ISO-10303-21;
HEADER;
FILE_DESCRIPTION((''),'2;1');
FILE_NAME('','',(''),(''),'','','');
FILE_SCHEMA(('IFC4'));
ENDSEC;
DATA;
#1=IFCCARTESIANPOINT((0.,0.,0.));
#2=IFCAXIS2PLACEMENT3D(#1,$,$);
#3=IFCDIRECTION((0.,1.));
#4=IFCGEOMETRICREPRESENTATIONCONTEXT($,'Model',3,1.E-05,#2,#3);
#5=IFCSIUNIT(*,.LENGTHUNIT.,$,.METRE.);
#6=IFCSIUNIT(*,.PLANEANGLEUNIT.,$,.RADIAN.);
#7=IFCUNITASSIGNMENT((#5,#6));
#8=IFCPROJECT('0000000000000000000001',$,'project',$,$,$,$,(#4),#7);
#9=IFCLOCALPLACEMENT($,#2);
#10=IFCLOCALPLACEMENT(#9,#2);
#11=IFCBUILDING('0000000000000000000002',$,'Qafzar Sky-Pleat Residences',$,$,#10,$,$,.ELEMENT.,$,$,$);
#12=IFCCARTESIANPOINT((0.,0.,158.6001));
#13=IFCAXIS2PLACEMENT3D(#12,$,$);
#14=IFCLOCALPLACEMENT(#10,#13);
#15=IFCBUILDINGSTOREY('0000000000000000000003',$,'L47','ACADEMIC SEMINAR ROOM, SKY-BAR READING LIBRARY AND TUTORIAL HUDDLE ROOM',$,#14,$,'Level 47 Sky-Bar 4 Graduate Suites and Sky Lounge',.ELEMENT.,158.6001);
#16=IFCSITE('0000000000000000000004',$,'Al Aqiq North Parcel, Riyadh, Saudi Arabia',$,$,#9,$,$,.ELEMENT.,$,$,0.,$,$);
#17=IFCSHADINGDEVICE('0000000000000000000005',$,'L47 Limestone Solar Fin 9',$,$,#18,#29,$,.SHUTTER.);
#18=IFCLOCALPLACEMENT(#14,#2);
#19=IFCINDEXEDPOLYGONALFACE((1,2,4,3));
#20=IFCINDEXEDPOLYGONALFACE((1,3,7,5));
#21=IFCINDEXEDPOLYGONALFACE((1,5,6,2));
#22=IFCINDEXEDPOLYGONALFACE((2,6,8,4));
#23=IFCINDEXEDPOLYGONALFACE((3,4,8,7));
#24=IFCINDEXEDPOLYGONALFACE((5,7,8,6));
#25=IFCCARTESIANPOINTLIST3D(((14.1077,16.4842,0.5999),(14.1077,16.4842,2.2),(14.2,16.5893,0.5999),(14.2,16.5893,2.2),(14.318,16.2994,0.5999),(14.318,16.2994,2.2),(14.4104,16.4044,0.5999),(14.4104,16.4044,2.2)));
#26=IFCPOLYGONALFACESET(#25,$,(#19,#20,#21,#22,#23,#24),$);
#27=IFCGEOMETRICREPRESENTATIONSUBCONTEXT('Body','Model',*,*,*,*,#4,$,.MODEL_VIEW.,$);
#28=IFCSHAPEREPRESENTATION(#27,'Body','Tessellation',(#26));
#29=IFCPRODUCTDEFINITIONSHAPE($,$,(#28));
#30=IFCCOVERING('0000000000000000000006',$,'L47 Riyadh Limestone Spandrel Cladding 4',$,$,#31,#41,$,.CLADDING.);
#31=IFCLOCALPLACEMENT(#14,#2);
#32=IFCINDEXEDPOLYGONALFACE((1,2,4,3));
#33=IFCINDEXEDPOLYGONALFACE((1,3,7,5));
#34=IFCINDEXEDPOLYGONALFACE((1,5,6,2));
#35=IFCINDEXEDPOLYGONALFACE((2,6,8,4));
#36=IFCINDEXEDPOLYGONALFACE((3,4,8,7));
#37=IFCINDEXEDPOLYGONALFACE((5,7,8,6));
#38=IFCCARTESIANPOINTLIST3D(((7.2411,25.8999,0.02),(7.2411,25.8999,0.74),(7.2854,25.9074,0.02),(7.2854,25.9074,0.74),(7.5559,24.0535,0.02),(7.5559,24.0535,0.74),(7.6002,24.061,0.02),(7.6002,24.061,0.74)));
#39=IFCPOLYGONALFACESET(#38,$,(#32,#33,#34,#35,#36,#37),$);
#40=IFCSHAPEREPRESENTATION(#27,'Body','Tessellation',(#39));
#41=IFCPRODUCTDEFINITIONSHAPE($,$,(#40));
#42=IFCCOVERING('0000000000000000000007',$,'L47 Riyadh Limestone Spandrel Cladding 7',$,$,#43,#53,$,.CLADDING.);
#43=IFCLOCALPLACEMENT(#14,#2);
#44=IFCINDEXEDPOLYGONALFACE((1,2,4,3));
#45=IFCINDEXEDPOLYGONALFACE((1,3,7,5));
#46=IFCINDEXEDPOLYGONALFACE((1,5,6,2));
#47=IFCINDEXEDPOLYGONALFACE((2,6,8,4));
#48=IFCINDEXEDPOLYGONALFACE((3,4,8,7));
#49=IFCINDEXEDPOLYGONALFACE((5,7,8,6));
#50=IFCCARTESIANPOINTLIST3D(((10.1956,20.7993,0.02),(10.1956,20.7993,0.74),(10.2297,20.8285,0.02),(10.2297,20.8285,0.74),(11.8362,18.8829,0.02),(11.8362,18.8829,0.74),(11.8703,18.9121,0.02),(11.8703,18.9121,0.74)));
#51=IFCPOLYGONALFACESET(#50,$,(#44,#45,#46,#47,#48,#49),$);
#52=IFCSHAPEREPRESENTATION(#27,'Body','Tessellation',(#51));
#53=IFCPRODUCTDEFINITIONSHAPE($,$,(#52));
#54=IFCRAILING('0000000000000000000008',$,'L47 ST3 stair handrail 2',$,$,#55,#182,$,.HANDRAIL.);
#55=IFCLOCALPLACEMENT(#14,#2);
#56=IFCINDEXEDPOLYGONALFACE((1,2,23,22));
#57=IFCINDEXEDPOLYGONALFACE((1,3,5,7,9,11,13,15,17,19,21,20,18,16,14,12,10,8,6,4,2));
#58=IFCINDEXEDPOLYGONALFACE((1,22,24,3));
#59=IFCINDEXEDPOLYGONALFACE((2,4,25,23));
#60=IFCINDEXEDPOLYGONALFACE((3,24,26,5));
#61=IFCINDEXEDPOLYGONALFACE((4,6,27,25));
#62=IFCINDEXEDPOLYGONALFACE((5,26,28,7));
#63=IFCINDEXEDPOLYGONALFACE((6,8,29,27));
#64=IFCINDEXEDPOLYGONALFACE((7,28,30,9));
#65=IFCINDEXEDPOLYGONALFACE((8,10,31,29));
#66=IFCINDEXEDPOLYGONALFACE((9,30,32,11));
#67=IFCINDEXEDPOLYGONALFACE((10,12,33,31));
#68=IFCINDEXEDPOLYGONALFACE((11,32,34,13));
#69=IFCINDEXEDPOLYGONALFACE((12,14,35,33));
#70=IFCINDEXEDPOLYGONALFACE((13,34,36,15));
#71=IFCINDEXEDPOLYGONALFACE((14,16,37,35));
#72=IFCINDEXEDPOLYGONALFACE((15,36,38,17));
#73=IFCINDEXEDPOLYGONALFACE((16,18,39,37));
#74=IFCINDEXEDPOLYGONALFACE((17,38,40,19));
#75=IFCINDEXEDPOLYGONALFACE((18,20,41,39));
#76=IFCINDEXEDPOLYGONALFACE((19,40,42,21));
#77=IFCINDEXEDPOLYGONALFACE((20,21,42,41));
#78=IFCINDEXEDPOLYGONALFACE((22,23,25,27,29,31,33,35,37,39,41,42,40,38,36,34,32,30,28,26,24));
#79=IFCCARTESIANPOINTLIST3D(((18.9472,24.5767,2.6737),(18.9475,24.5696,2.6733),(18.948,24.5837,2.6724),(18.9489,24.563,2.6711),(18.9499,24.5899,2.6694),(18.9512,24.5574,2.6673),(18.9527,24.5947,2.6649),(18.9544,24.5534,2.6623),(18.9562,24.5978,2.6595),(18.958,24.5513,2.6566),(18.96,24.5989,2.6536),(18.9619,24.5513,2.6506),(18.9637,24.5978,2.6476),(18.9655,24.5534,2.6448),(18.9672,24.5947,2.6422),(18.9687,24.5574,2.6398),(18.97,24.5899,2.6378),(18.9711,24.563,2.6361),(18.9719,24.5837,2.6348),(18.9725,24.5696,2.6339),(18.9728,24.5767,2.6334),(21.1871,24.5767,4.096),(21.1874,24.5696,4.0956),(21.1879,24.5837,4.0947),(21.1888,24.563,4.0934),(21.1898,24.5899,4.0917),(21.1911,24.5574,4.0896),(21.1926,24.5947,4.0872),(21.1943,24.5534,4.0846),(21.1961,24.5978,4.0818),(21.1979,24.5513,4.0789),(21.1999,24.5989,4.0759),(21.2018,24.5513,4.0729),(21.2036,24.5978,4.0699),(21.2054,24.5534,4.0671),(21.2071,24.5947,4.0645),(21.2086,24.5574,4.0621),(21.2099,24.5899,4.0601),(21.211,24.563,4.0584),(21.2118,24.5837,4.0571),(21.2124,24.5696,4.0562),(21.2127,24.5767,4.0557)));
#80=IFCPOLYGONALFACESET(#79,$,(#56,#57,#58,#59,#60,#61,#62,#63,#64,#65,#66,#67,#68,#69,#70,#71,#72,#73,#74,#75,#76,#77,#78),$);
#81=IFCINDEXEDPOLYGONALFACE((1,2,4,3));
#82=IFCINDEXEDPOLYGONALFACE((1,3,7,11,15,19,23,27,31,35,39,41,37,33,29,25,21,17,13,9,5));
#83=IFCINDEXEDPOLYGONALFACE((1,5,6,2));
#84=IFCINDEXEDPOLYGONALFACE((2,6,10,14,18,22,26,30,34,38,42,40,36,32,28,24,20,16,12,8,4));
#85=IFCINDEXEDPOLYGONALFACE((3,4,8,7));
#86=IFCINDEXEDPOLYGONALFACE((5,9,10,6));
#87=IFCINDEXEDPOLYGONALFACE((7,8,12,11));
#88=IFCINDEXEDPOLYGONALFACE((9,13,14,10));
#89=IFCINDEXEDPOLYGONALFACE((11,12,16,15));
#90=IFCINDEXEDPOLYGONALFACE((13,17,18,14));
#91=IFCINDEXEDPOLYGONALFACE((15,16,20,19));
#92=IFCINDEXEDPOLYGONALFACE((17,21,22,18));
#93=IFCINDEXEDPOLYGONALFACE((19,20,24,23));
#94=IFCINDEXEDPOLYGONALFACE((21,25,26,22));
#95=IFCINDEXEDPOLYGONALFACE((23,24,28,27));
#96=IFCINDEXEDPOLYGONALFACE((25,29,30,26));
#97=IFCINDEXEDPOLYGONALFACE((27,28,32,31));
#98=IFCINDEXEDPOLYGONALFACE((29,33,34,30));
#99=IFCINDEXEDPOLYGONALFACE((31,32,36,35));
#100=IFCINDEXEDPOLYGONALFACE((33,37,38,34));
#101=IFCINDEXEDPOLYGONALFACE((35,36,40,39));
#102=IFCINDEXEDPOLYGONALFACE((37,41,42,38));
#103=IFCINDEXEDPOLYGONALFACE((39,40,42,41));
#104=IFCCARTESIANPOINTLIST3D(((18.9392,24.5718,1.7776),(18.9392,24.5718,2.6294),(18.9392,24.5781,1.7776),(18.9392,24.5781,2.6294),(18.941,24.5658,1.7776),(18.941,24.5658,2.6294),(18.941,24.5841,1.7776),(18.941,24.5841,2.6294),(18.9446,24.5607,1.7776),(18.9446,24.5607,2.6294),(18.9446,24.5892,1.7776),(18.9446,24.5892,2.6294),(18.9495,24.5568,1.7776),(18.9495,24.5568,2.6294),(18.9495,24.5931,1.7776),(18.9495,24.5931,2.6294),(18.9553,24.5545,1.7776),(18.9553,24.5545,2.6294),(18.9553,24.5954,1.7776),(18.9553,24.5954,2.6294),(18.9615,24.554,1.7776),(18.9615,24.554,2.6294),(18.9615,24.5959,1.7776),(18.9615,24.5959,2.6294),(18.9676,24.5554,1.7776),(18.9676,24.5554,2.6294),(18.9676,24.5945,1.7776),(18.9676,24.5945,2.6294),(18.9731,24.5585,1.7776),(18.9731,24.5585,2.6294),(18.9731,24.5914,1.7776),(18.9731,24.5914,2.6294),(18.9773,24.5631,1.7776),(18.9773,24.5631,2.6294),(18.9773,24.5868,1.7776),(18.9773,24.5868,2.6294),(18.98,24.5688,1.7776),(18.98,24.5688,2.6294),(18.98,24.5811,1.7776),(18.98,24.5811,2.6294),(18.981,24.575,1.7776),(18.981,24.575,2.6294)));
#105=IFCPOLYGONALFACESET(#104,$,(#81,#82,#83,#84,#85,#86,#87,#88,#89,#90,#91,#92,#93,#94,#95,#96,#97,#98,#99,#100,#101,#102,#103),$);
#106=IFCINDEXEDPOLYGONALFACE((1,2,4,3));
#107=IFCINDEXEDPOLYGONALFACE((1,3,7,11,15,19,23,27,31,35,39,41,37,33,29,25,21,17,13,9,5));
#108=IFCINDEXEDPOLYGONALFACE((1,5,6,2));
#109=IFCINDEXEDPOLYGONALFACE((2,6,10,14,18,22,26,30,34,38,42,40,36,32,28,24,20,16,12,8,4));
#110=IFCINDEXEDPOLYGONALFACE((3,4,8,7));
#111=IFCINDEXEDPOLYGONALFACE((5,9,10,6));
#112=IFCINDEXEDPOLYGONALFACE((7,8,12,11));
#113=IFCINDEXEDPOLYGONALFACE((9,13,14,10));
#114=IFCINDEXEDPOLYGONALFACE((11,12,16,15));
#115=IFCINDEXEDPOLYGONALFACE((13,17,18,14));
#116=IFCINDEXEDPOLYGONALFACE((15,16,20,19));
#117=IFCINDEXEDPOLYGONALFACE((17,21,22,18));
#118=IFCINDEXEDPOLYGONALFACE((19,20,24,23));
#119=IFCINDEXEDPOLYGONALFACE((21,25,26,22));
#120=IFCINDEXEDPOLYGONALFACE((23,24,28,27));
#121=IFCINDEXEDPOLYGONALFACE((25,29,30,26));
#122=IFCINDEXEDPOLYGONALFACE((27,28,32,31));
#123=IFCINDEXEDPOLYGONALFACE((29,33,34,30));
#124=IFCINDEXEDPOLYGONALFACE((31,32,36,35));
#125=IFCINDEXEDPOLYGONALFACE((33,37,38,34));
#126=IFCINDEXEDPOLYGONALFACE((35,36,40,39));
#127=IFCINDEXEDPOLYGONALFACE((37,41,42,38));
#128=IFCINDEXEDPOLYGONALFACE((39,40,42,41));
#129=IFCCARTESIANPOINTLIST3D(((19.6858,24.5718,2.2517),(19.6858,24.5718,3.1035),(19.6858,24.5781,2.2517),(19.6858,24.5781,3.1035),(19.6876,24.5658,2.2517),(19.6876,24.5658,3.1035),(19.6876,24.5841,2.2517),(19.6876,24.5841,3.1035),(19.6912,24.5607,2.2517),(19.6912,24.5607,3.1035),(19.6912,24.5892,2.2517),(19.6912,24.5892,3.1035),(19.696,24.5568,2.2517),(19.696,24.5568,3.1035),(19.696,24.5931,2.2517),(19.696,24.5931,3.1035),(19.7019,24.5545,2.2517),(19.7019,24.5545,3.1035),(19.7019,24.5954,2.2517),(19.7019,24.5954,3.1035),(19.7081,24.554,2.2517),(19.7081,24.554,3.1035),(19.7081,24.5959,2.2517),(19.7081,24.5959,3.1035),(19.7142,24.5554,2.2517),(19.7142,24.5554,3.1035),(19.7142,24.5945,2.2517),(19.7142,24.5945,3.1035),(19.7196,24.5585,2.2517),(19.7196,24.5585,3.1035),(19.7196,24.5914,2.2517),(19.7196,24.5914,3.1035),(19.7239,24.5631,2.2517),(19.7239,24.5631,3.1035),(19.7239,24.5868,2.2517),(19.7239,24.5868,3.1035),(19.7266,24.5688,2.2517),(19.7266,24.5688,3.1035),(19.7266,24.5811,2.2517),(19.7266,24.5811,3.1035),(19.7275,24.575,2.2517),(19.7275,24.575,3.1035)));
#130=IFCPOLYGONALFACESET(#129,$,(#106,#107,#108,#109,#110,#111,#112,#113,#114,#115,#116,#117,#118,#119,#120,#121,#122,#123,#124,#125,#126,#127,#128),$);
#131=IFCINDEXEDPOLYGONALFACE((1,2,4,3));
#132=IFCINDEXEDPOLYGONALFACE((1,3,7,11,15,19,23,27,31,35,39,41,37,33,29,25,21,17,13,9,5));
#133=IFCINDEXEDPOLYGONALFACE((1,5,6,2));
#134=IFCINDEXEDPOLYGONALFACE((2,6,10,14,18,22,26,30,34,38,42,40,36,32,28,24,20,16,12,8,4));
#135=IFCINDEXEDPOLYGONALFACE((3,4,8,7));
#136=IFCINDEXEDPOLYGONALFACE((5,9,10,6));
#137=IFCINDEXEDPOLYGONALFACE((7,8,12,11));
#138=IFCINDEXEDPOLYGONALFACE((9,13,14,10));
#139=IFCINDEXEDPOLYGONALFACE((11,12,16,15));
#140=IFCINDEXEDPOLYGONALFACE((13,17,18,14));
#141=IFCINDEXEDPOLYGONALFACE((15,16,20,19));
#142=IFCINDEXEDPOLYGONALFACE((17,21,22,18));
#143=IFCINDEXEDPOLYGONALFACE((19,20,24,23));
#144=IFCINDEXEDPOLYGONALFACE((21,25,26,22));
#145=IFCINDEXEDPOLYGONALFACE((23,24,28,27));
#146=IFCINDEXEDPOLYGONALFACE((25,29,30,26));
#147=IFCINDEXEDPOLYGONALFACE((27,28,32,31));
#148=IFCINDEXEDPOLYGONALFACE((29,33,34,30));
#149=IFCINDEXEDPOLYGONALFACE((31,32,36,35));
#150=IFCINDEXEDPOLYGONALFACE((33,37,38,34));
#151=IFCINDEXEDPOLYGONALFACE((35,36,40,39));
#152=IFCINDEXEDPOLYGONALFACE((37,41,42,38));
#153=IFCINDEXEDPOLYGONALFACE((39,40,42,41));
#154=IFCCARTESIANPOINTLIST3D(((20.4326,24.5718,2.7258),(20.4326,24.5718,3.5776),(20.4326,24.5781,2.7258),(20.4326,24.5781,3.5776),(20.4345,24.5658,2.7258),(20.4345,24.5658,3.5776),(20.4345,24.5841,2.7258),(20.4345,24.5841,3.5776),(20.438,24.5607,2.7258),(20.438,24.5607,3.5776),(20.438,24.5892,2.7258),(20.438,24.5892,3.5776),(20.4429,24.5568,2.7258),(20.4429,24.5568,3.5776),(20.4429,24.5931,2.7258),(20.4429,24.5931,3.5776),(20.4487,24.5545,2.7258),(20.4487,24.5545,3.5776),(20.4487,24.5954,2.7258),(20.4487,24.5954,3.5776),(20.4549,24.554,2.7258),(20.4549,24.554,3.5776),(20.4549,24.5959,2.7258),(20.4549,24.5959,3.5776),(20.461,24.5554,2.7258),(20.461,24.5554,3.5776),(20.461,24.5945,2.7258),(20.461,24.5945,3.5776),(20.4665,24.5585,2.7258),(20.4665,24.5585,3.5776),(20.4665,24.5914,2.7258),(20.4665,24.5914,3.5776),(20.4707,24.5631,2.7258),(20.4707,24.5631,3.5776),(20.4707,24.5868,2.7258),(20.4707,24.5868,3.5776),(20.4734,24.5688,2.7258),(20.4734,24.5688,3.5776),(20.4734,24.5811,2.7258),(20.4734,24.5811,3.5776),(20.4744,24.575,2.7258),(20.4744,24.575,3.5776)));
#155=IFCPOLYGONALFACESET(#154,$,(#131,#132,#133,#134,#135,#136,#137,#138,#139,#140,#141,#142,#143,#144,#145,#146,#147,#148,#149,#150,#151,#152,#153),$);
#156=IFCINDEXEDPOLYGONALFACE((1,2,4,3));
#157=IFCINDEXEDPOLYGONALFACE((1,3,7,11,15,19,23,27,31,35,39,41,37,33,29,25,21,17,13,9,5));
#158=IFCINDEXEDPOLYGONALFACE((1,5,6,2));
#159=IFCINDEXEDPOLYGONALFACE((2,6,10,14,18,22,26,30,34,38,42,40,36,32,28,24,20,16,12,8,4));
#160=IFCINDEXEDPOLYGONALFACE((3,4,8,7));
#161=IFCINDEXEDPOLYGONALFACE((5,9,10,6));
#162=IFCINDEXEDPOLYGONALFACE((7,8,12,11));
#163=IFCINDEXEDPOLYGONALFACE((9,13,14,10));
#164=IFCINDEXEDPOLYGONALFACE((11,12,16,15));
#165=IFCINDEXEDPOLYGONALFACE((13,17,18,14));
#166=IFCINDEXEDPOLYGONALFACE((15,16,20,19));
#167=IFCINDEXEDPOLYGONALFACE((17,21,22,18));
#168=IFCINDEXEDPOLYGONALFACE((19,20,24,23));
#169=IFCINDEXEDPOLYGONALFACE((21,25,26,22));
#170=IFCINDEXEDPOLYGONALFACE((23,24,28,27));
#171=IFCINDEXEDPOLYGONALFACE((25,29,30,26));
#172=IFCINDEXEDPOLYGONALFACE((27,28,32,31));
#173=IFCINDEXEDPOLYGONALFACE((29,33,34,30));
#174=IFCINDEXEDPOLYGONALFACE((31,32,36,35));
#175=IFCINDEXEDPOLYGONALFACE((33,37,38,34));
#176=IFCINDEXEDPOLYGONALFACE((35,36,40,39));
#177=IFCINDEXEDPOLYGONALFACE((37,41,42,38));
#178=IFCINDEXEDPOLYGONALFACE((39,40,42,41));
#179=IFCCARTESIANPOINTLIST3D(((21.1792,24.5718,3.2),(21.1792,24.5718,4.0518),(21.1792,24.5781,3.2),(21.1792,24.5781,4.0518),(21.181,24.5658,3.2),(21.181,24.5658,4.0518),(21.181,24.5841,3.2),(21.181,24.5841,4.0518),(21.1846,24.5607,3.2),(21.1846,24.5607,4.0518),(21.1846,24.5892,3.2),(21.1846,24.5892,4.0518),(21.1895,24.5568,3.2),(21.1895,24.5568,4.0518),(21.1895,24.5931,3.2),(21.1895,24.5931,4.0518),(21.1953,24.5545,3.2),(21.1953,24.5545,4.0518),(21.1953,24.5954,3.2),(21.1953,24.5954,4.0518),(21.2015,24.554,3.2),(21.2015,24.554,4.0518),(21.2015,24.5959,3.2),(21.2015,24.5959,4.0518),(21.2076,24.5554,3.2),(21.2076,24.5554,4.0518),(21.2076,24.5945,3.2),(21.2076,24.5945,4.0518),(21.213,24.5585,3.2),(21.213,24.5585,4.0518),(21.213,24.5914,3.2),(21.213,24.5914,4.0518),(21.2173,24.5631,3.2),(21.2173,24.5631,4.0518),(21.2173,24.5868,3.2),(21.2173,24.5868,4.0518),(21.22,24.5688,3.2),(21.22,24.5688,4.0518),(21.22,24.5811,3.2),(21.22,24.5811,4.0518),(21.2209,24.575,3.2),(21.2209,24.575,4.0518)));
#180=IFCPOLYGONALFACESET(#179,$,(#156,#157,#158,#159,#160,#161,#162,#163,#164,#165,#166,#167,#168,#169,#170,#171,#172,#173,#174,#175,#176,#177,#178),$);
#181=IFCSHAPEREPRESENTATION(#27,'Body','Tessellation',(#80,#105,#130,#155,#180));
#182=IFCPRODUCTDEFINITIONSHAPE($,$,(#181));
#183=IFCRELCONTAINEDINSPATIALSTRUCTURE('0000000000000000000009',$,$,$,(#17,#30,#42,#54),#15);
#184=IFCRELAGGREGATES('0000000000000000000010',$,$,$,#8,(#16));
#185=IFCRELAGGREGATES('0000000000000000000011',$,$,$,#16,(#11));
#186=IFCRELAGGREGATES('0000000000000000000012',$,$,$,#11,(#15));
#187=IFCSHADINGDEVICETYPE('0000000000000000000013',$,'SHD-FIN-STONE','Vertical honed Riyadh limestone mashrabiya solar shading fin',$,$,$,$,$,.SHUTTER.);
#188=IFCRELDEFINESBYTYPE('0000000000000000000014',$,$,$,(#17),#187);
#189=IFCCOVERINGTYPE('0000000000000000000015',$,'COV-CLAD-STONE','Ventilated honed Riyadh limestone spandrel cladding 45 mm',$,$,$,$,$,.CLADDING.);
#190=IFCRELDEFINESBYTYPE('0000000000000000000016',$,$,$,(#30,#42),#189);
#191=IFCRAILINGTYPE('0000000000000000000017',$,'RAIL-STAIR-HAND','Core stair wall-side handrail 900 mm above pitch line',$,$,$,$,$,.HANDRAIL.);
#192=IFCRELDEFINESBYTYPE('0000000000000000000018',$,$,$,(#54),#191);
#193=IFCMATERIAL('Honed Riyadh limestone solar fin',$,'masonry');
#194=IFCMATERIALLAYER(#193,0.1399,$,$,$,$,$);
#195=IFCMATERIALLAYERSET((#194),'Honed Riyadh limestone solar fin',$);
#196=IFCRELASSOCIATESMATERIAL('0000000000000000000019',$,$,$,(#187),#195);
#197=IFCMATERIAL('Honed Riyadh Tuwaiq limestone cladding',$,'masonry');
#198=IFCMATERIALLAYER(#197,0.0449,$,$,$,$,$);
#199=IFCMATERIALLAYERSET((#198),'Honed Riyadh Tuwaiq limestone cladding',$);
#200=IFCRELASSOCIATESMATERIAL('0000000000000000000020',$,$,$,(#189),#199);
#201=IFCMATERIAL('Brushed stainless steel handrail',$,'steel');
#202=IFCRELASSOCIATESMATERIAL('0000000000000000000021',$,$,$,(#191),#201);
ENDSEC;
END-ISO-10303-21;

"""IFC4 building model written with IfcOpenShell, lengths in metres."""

from ifc_helpers import new_model, si_unit, direction, frame, origin, origin_2d, place, context, subcontext, project, spatial, rectangle, circle, extrude, source, transform, mapped, material, layer, layer_set, type_object, element, save


model = new_model("IFC4")

# Units and contexts
model_context = context("Model", 3, precision=1e-05, world=origin(), true_north=direction((0.0, 1.0)))
body_context = subcontext(model_context, "Body", "Model", "MODEL_VIEW")
ifc_project = project(units=[si_unit("LENGTHUNIT", "METRE"), si_unit("PLANEANGLEUNIT", "RADIAN")], contexts=[model_context])

# Site, building, storey
site_placement = place(None, origin())
site = spatial("IfcSite", under=ifc_project, at=site_placement, Name="Al Aqiq North Parcel, Riyadh, Saudi Arabia", CompositionType="ELEMENT", RefElevation=0.0)
building_placement = place(site_placement, origin())
building = spatial("IfcBuilding", under=site, at=building_placement, Name="Qafzar Sky-Pleat Residences", CompositionType="ELEMENT")
storey_placement = place(building_placement, frame((0.0, 0.0, 158.6001)))
storey = spatial("IfcBuildingStorey", under=building, at=storey_placement, Name="L47", Description="ACADEMIC SEMINAR ROOM, SKY-BAR READING LIBRARY AND TUTORIAL HUDDLE ROOM", LongName="Level 47 Sky-Bar 4 Graduate Suites and Sky Lounge", CompositionType="ELEMENT", Elevation=158.6001)

# Shading device
ifc_material_1 = material(Name="Honed Riyadh limestone solar fin", Category="masonry")
ifc_layer_1 = layer(ifc_material_1, 0.1399)
ifc_layer_set_1 = layer_set([ifc_layer_1], Name="Honed Riyadh limestone solar fin")
shading_device_type = type_object("IfcShadingDeviceType", Name="SHD-FIN-STONE", Description="Vertical honed Riyadh limestone mashrabiya solar shading fin", PredefinedType="SHUTTER", material=ifc_layer_set_1)
shared_shape_1 = source(origin(), body_context, "Body", "SweptSolid", [
    extrude(rectangle(XDim=0.1399, YDim=0.28, at=origin_2d()), origin(), (0.0, 0.0, 1.0), 1.6001),
])
for number, where, z_axis, x_axis, name in (
    (1, (14.259, 16.4443, 0.5999), (0.0, 0.0, 1.0), (-0.660158, -0.751127, 0.0), "L47 Limestone Solar Fin 9"),
):
    element("IfcShadingDevice", number, at=place(storey_placement, frame(where, z_axis=z_axis, x_axis=x_axis)), inside=storey, type_object=shading_device_type, Name=name, PredefinedType="SHUTTER", context=body_context, shape_type="MappedRepresentation", body=[
        mapped(shared_shape_1, transform((0.0, 0.0, 0.0), x_axis=(1.0, 0.0, 0.0), y_axis=(0.0, 1.0, 0.0), z_axis=(0.0, 0.0, 1.0), scale=1.0)),
    ])

# Covering
ifc_material_2 = material(Name="Honed Riyadh Tuwaiq limestone cladding", Category="masonry")
ifc_layer_2 = layer(ifc_material_2, 0.0449)
ifc_layer_set_2 = layer_set([ifc_layer_2], Name="Honed Riyadh Tuwaiq limestone cladding")
covering_type = type_object("IfcCoveringType", Name="COV-CLAD-STONE", Description="Ventilated honed Riyadh limestone spandrel cladding 45 mm", PredefinedType="CLADDING", material=ifc_layer_set_2)
shared_shape_2 = source(origin(), body_context, "Body", "SweptSolid", [
    extrude(rectangle(XDim=1.873, YDim=0.0449, at=origin_2d()), origin(), (0.0, 0.0, 1.0), 0.72),
])
covering_1_placement = place(storey_placement, frame((7.4207, 24.9805, 0.02), z_axis=(0.0, 0.0, 1.0), x_axis=(0.168084, -0.985773, 0.0)))
element("IfcCovering", 2, at=covering_1_placement, inside=storey, type_object=covering_type, Name="L47 Riyadh Limestone Spandrel Cladding 4", PredefinedType="CLADDING", context=body_context, shape_type="MappedRepresentation", body=[
    mapped(shared_shape_2, transform((0.0, 0.0, 0.0), x_axis=(1.0, 0.0, 0.0), y_axis=(0.0, 1.0, 0.0), z_axis=(0.0, 0.0, 1.0), scale=1.0)),
])

# Covering
shared_shape_3 = source(origin(), body_context, "Body", "SweptSolid", [
    extrude(rectangle(XDim=2.5227, YDim=0.0449, at=origin_2d()), origin(), (0.0, 0.0, 1.0), 0.72),
])
covering_2_placement = place(storey_placement, frame((11.033, 19.8557, 0.02), z_axis=(0.0, 0.0, 1.0), x_axis=(0.650336, -0.759647, 0.0)))
element("IfcCovering", 3, at=covering_2_placement, inside=storey, type_object=covering_type, Name="L47 Riyadh Limestone Spandrel Cladding 7", PredefinedType="CLADDING", context=body_context, shape_type="MappedRepresentation", body=[
    mapped(shared_shape_3, transform((0.0, 0.0, 0.0), x_axis=(1.0, 0.0, 0.0), y_axis=(0.0, 1.0, 0.0), z_axis=(0.0, 0.0, 1.0), scale=1.0)),
])

# Railing
ifc_material_3 = material(Name="Brushed stainless steel handrail", Category="steel")
railing_type_1 = type_object("IfcRailingType", Name="RAIL-STAIR-HAND", Description="Core stair wall-side handrail 900 mm above pitch line", PredefinedType="HANDRAIL", material=ifc_material_3)
shared_shape_4 = source(origin(), body_context, "Body", "SweptSolid", [
    extrude(circle(Radius=0.0239, at=origin_2d()), frame((0.0, 0.0, 0.876), z_axis=(0.844188, 0.0, 0.536048), x_axis=(0.0, 1.0, 0.0)), (0.0, 0.0, 1.0), 2.6533),
    extrude(circle(Radius=0.021, at=origin_2d()), origin(), (0.0, 0.0, 1.0), 0.8518),
    extrude(circle(Radius=0.021, at=origin_2d()), frame((0.7466, 0.0, 0.4741)), (0.0, 0.0, 1.0), 0.8518),
    extrude(circle(Radius=0.021, at=origin_2d()), frame((1.4934, 0.0, 0.9482)), (0.0, 0.0, 1.0), 0.8518),
    extrude(circle(Radius=0.021, at=origin_2d()), frame((2.24, 0.0, 1.4224)), (0.0, 0.0, 1.0), 0.8518),
])
railing_1_placement = place(storey_placement, frame((18.96, 24.575, 1.7776)))
element("IfcRailing", 4, at=railing_1_placement, inside=storey, type_object=railing_type_1, Name="L47 ST3 stair handrail 2", PredefinedType="HANDRAIL", context=body_context, shape_type="MappedRepresentation", body=[
    mapped(shared_shape_4, transform((0.0, 0.0, 0.0), x_axis=(1.0, 0.0, 0.0), y_axis=(0.0, 1.0, 0.0), z_axis=(0.0, 0.0, 1.0), scale=1.0)),
])

save(model, "model.ifc")
